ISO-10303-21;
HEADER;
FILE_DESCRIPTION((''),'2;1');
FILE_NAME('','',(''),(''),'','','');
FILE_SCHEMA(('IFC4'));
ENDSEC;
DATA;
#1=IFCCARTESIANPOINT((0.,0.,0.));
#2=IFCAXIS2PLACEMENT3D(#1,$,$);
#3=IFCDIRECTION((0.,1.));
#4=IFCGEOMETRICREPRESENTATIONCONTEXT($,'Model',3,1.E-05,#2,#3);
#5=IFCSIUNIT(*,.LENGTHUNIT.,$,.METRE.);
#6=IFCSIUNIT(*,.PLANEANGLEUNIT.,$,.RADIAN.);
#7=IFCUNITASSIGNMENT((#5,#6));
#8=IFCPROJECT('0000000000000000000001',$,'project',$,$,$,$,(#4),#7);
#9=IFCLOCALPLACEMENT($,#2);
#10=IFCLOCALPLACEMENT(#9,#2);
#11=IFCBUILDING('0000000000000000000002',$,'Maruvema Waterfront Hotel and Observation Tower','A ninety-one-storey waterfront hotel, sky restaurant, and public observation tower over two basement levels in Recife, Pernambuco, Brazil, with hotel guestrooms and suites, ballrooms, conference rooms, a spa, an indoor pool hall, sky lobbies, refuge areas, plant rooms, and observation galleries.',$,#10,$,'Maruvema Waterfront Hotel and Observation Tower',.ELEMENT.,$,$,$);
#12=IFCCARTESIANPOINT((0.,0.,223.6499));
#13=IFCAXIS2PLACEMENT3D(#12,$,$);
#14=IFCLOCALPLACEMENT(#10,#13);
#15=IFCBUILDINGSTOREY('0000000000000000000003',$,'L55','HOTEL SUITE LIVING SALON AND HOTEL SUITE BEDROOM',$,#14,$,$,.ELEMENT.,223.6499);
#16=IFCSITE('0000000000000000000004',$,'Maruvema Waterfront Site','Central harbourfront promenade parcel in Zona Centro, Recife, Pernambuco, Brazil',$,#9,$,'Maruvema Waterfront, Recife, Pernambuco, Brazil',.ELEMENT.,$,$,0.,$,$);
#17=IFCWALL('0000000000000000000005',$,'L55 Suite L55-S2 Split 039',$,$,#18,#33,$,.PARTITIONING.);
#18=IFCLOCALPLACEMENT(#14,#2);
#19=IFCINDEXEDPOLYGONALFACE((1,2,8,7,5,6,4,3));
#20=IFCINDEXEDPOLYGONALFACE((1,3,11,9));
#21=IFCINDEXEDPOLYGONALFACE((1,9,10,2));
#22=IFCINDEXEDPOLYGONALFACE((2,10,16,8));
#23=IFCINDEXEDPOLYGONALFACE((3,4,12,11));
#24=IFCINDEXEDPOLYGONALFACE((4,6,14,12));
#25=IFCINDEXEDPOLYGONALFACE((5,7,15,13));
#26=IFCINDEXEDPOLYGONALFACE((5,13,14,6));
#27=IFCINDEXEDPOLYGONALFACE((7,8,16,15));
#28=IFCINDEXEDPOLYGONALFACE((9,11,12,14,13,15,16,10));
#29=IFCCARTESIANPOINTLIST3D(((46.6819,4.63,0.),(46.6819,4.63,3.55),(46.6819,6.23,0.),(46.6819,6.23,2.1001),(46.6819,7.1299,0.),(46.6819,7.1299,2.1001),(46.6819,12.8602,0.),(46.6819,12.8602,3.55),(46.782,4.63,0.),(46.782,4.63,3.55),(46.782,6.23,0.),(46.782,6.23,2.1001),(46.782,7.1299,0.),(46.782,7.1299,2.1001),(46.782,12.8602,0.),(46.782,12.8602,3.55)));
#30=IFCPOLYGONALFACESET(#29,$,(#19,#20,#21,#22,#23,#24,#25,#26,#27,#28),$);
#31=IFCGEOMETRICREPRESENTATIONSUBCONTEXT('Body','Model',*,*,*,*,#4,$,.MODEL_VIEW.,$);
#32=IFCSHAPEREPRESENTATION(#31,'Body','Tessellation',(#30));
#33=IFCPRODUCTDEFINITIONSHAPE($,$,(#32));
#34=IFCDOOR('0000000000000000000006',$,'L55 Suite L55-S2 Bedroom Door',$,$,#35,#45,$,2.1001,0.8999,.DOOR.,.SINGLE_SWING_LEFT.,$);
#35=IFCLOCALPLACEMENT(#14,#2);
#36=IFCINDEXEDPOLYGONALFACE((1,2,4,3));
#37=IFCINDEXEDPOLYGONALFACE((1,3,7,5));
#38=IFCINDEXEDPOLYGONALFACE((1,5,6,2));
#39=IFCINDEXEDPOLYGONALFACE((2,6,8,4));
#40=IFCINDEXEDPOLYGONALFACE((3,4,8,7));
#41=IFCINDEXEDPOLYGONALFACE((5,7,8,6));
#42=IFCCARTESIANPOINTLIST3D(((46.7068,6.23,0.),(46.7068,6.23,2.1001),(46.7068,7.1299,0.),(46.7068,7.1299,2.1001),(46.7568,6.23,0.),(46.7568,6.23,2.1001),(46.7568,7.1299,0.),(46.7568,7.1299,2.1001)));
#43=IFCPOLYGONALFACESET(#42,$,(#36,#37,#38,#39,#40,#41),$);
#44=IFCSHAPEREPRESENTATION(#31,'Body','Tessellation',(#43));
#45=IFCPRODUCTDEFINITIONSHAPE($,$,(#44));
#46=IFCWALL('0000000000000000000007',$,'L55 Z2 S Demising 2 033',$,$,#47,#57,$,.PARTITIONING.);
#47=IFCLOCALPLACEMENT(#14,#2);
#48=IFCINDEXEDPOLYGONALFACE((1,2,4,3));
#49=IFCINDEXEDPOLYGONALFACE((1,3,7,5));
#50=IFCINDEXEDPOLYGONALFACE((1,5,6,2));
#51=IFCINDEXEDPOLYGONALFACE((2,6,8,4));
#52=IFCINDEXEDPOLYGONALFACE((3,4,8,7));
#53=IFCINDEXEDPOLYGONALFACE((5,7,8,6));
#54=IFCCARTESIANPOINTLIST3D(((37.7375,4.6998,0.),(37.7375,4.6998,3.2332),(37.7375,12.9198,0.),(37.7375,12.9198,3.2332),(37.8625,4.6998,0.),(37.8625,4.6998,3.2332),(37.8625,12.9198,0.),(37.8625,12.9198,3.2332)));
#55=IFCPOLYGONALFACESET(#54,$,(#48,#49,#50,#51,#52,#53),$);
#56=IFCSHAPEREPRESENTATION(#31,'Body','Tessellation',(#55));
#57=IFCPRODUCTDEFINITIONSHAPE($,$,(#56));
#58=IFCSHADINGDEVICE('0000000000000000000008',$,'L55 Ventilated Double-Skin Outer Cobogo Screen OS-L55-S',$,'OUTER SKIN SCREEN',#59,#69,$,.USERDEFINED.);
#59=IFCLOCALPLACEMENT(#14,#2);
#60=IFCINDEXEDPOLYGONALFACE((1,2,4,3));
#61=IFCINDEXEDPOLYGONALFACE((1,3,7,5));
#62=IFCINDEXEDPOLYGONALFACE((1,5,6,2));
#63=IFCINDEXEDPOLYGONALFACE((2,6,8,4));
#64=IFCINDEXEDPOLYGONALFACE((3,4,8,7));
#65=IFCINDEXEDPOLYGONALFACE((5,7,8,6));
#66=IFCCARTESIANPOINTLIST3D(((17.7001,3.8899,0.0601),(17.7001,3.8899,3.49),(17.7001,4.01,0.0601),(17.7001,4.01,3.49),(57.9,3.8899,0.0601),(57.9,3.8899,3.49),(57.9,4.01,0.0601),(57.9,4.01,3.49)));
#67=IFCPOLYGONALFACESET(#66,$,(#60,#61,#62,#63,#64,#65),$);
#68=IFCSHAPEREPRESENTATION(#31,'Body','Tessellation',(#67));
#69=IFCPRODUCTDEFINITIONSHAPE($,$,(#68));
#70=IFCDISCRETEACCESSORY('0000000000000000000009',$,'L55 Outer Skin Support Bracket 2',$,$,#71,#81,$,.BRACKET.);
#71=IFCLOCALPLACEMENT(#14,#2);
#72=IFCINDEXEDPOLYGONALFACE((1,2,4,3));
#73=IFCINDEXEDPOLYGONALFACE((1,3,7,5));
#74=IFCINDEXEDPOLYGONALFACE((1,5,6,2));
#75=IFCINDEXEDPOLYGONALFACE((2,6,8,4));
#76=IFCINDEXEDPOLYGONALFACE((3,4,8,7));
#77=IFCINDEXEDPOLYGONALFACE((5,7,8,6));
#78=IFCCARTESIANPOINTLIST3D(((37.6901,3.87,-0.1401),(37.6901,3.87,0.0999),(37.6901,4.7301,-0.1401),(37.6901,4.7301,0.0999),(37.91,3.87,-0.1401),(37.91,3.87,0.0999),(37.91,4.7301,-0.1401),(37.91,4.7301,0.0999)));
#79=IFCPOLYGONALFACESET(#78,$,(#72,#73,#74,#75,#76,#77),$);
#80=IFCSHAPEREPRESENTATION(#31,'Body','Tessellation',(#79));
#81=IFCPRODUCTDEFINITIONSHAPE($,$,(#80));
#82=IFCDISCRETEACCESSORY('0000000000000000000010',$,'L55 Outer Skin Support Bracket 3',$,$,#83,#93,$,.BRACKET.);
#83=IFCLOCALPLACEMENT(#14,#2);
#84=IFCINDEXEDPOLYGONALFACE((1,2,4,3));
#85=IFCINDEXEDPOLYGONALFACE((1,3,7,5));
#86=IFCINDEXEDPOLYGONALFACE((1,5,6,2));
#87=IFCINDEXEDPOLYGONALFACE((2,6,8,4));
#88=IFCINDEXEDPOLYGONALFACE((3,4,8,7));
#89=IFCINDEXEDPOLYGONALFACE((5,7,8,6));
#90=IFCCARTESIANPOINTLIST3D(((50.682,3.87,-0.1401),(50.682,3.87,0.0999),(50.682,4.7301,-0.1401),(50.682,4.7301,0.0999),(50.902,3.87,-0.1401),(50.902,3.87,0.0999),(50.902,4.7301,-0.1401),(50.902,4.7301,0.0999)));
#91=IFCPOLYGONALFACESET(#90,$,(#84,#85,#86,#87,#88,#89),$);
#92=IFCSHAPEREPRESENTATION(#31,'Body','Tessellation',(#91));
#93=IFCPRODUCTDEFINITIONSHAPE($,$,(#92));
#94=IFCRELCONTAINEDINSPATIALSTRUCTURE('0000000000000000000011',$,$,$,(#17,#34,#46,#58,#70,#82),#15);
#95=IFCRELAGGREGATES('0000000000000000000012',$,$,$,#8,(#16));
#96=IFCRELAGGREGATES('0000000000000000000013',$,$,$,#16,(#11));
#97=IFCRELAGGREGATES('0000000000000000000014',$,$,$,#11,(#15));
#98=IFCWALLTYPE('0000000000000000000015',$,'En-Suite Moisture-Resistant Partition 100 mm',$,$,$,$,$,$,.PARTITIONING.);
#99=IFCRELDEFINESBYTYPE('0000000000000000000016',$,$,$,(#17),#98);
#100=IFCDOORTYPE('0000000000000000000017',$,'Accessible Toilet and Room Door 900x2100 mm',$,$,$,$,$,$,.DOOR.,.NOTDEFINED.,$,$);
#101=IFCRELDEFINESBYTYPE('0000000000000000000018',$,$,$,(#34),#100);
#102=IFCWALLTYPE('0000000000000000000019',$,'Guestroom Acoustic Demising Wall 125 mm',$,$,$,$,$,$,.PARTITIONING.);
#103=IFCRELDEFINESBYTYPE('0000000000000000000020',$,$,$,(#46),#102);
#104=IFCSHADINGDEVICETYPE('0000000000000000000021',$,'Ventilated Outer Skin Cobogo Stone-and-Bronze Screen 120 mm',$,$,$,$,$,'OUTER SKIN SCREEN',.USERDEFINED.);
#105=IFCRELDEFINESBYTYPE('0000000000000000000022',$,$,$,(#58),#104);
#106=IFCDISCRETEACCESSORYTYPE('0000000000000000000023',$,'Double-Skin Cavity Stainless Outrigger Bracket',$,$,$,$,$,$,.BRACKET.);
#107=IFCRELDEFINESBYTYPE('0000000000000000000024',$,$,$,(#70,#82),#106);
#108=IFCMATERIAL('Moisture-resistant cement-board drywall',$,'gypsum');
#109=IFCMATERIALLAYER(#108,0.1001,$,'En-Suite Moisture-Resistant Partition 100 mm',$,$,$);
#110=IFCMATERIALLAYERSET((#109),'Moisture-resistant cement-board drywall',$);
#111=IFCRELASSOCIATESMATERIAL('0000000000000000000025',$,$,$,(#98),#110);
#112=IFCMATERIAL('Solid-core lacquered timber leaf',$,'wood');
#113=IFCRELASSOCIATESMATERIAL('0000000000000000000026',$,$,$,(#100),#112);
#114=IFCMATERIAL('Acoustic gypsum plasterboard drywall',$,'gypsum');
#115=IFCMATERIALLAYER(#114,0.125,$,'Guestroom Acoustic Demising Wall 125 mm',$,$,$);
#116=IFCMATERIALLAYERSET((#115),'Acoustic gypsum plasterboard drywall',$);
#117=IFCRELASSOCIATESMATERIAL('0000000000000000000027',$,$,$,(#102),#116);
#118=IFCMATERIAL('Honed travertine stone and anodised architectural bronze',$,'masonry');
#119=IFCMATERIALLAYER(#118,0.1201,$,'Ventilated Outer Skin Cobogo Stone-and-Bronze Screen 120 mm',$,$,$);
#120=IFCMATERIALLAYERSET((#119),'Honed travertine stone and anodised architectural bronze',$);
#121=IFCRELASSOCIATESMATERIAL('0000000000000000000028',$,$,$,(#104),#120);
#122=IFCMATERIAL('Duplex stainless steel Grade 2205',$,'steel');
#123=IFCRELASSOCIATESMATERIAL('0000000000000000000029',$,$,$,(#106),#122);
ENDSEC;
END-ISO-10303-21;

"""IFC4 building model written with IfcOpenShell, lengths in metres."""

from ifc_helpers import new_model, si_unit, direction, frame, frame_2d, origin, origin_2d, place, context, subcontext, project, spatial, rectangle, extrude, material, layer, layer_set, type_object, element, fill, save


model = new_model("IFC4")

# Units and contexts
model_context = context("Model", 3, precision=1e-05, world=origin(), true_north=direction((0.0, 1.0)))
body_context = subcontext(model_context, "Body", "Model", "MODEL_VIEW")
ifc_project = project(units=[si_unit("LENGTHUNIT", "METRE"), si_unit("PLANEANGLEUNIT", "RADIAN")], contexts=[model_context])

# Site, building, storey
site_placement = place(None, origin())
site = spatial("IfcSite", under=ifc_project, at=site_placement, Name="Maruvema Waterfront Site", Description="Central harbourfront promenade parcel in Zona Centro, Recife, Pernambuco, Brazil", LongName="Maruvema Waterfront, Recife, Pernambuco, Brazil", CompositionType="ELEMENT", RefElevation=0.0)
building_placement = place(site_placement, origin())
building = spatial("IfcBuilding", under=site, at=building_placement, Name="Maruvema Waterfront Hotel and Observation Tower", Description="A ninety-one-storey waterfront hotel, sky restaurant, and public observation tower over two basement levels in Recife, Pernambuco, Brazil, with hotel guestrooms and suites, ballrooms, conference rooms, a spa, an indoor pool hall, sky lobbies, refuge areas, plant rooms, and observation galleries.", LongName="Maruvema Waterfront Hotel and Observation Tower", CompositionType="ELEMENT")
storey_placement = place(building_placement, frame((0.0, 0.0, 223.6499)))
storey = spatial("IfcBuildingStorey", under=building, at=storey_placement, Name="L55", Description="HOTEL SUITE LIVING SALON AND HOTEL SUITE BEDROOM", CompositionType="ELEMENT", Elevation=223.6499)

# Wall, opening, door
ifc_material_1 = material(Name="Moisture-resistant cement-board drywall", Category="gypsum")
ifc_layer_1 = layer(ifc_material_1, 0.1001, Name="En-Suite Moisture-Resistant Partition 100 mm")
ifc_layer_set_1 = layer_set([ifc_layer_1], Name="Moisture-resistant cement-board drywall")
wall_type_1 = type_object("IfcWallType", Name="En-Suite Moisture-Resistant Partition 100 mm", PredefinedType="PARTITIONING", material=ifc_layer_set_1)
wall_1_placement = place(storey_placement, frame((46.7319, 4.6299, 0.0), z_axis=(0.0, 0.0, 1.0), x_axis=(0.0, 1.0, 0.0)))
wall_1 = element("IfcWall", 1, at=wall_1_placement, inside=storey, type_object=wall_type_1, Name="L55 Suite L55-S2 Split 039", PredefinedType="PARTITIONING", context=body_context, shape_type="SweptSolid", body=[
    extrude(rectangle(XDim=8.2302, YDim=0.1001, at=frame_2d((4.1152, 0.0))), origin(), (0.0, 0.0, 1.0), 3.55),
])
opening_placement = place(wall_1_placement, frame((1.6001, 0.0, 0.0)))
opening = element("IfcOpeningElement", 2, at=opening_placement, cuts=wall_1, PredefinedType="OPENING", context=body_context, shape_type="SweptSolid", body=[
    extrude(rectangle(XDim=0.8999, YDim=2.1001, at=frame_2d((0.45, 1.05))), frame((0.0, 0.0601, 0.0), z_axis=(0.0, -1.0, 0.0), x_axis=(1.0, 0.0, 0.0)), (0.0, 0.0, 1.0), 0.1201),
])
ifc_material_2 = material(Name="Solid-core lacquered timber leaf", Category="wood")
door_type = type_object("IfcDoorType", Name="Accessible Toilet and Room Door 900x2100 mm", OperationType="NOTDEFINED", PredefinedType="DOOR", material=ifc_material_2)
door_placement = place(opening_placement, frame((0.8999, 0.0, 0.0), z_axis=(0.0, 0.0, 1.0), x_axis=(-1.0, 0.0, 0.0)))
door = element("IfcDoor", 3, at=door_placement, inside=storey, type_object=door_type, Name="L55 Suite L55-S2 Bedroom Door", OperationType="SINGLE_SWING_LEFT", OverallHeight=2.1001, OverallWidth=0.8999, PredefinedType="DOOR", context=body_context, shape_type="SweptSolid", body=[
    extrude(rectangle(XDim=0.8999, YDim=2.1001, at=frame_2d((0.45, 1.05))), frame((0.0, 0.0249, 0.0), z_axis=(0.0, -1.0, 0.0), x_axis=(1.0, 0.0, 0.0)), (0.0, 0.0, 1.0), 0.05),
])
fill(opening, door)

# Wall
ifc_material_3 = material(Name="Acoustic gypsum plasterboard drywall", Category="gypsum")
ifc_layer_2 = layer(ifc_material_3, 0.125, Name="Guestroom Acoustic Demising Wall 125 mm")
ifc_layer_set_2 = layer_set([ifc_layer_2], Name="Acoustic gypsum plasterboard drywall")
wall_type_2 = type_object("IfcWallType", Name="Guestroom Acoustic Demising Wall 125 mm", PredefinedType="PARTITIONING", material=ifc_layer_set_2)
wall_2_placement = place(storey_placement, frame((37.8, 4.7, 0.0), z_axis=(0.0, 0.0, 1.0), x_axis=(0.0, 1.0, 0.0)))
element("IfcWall", 4, at=wall_2_placement, inside=storey, type_object=wall_type_2, Name="L55 Z2 S Demising 2 033", PredefinedType="PARTITIONING", context=body_context, shape_type="SweptSolid", body=[
    extrude(rectangle(XDim=8.22, YDim=0.125, at=frame_2d((4.1099, 0.0))), origin(), (0.0, 0.0, 1.0), 3.2332),
])

# Shading device
ifc_material_4 = material(Name="Honed travertine stone and anodised architectural bronze", Category="masonry")
ifc_layer_3 = layer(ifc_material_4, 0.1201, Name="Ventilated Outer Skin Cobogo Stone-and-Bronze Screen 120 mm")
ifc_layer_set_3 = layer_set([ifc_layer_3], Name="Honed travertine stone and anodised architectural bronze")
shading_device_type = type_object("IfcShadingDeviceType", Name="Ventilated Outer Skin Cobogo Stone-and-Bronze Screen 120 mm", ElementType="OUTER SKIN SCREEN", PredefinedType="USERDEFINED", material=ifc_layer_set_3)
shading_device_placement = place(storey_placement, frame((37.8, 3.95, 0.0601), z_axis=(0.0, 0.0, 1.0), x_axis=(1.0, 0.0, 0.0)))
element("IfcShadingDevice", 5, at=shading_device_placement, inside=storey, type_object=shading_device_type, Name="L55 Ventilated Double-Skin Outer Cobogo Screen OS-L55-S", ObjectType="OUTER SKIN SCREEN", PredefinedType="USERDEFINED", context=body_context, shape_type="SweptSolid", body=[
    extrude(rectangle(XDim=40.2, YDim=0.1201, at=origin_2d()), origin(), (0.0, 0.0, 1.0), 3.4299),
])

# Discrete accessories
ifc_material_5 = material(Name="Duplex stainless steel Grade 2205", Category="steel")
discrete_accessory_type = type_object("IfcDiscreteAccessoryType", Name="Double-Skin Cavity Stainless Outrigger Bracket", PredefinedType="BRACKET", material=ifc_material_5)
for number, where, z_axis, x_axis, name in (
    (6, (37.8, 4.3, -0.1401), (0.0, 0.0, 1.0), (1.0, 0.0, 0.0), "L55 Outer Skin Support Bracket 2"),
    (7, (50.792, 4.3, -0.1401), (0.0, 0.0, 1.0), (1.0, 0.0, 0.0), "L55 Outer Skin Support Bracket 3"),
):
    element("IfcDiscreteAccessory", number, at=place(storey_placement, frame(where, z_axis=z_axis, x_axis=x_axis)), inside=storey, type_object=discrete_accessory_type, Name=name, PredefinedType="BRACKET", context=body_context, shape_type="SweptSolid", body=[
        extrude(rectangle(XDim=0.22, YDim=0.8601, at=origin_2d()), origin(), (0.0, 0.0, 1.0), 0.24),
    ])

save(model, "model.ifc")
